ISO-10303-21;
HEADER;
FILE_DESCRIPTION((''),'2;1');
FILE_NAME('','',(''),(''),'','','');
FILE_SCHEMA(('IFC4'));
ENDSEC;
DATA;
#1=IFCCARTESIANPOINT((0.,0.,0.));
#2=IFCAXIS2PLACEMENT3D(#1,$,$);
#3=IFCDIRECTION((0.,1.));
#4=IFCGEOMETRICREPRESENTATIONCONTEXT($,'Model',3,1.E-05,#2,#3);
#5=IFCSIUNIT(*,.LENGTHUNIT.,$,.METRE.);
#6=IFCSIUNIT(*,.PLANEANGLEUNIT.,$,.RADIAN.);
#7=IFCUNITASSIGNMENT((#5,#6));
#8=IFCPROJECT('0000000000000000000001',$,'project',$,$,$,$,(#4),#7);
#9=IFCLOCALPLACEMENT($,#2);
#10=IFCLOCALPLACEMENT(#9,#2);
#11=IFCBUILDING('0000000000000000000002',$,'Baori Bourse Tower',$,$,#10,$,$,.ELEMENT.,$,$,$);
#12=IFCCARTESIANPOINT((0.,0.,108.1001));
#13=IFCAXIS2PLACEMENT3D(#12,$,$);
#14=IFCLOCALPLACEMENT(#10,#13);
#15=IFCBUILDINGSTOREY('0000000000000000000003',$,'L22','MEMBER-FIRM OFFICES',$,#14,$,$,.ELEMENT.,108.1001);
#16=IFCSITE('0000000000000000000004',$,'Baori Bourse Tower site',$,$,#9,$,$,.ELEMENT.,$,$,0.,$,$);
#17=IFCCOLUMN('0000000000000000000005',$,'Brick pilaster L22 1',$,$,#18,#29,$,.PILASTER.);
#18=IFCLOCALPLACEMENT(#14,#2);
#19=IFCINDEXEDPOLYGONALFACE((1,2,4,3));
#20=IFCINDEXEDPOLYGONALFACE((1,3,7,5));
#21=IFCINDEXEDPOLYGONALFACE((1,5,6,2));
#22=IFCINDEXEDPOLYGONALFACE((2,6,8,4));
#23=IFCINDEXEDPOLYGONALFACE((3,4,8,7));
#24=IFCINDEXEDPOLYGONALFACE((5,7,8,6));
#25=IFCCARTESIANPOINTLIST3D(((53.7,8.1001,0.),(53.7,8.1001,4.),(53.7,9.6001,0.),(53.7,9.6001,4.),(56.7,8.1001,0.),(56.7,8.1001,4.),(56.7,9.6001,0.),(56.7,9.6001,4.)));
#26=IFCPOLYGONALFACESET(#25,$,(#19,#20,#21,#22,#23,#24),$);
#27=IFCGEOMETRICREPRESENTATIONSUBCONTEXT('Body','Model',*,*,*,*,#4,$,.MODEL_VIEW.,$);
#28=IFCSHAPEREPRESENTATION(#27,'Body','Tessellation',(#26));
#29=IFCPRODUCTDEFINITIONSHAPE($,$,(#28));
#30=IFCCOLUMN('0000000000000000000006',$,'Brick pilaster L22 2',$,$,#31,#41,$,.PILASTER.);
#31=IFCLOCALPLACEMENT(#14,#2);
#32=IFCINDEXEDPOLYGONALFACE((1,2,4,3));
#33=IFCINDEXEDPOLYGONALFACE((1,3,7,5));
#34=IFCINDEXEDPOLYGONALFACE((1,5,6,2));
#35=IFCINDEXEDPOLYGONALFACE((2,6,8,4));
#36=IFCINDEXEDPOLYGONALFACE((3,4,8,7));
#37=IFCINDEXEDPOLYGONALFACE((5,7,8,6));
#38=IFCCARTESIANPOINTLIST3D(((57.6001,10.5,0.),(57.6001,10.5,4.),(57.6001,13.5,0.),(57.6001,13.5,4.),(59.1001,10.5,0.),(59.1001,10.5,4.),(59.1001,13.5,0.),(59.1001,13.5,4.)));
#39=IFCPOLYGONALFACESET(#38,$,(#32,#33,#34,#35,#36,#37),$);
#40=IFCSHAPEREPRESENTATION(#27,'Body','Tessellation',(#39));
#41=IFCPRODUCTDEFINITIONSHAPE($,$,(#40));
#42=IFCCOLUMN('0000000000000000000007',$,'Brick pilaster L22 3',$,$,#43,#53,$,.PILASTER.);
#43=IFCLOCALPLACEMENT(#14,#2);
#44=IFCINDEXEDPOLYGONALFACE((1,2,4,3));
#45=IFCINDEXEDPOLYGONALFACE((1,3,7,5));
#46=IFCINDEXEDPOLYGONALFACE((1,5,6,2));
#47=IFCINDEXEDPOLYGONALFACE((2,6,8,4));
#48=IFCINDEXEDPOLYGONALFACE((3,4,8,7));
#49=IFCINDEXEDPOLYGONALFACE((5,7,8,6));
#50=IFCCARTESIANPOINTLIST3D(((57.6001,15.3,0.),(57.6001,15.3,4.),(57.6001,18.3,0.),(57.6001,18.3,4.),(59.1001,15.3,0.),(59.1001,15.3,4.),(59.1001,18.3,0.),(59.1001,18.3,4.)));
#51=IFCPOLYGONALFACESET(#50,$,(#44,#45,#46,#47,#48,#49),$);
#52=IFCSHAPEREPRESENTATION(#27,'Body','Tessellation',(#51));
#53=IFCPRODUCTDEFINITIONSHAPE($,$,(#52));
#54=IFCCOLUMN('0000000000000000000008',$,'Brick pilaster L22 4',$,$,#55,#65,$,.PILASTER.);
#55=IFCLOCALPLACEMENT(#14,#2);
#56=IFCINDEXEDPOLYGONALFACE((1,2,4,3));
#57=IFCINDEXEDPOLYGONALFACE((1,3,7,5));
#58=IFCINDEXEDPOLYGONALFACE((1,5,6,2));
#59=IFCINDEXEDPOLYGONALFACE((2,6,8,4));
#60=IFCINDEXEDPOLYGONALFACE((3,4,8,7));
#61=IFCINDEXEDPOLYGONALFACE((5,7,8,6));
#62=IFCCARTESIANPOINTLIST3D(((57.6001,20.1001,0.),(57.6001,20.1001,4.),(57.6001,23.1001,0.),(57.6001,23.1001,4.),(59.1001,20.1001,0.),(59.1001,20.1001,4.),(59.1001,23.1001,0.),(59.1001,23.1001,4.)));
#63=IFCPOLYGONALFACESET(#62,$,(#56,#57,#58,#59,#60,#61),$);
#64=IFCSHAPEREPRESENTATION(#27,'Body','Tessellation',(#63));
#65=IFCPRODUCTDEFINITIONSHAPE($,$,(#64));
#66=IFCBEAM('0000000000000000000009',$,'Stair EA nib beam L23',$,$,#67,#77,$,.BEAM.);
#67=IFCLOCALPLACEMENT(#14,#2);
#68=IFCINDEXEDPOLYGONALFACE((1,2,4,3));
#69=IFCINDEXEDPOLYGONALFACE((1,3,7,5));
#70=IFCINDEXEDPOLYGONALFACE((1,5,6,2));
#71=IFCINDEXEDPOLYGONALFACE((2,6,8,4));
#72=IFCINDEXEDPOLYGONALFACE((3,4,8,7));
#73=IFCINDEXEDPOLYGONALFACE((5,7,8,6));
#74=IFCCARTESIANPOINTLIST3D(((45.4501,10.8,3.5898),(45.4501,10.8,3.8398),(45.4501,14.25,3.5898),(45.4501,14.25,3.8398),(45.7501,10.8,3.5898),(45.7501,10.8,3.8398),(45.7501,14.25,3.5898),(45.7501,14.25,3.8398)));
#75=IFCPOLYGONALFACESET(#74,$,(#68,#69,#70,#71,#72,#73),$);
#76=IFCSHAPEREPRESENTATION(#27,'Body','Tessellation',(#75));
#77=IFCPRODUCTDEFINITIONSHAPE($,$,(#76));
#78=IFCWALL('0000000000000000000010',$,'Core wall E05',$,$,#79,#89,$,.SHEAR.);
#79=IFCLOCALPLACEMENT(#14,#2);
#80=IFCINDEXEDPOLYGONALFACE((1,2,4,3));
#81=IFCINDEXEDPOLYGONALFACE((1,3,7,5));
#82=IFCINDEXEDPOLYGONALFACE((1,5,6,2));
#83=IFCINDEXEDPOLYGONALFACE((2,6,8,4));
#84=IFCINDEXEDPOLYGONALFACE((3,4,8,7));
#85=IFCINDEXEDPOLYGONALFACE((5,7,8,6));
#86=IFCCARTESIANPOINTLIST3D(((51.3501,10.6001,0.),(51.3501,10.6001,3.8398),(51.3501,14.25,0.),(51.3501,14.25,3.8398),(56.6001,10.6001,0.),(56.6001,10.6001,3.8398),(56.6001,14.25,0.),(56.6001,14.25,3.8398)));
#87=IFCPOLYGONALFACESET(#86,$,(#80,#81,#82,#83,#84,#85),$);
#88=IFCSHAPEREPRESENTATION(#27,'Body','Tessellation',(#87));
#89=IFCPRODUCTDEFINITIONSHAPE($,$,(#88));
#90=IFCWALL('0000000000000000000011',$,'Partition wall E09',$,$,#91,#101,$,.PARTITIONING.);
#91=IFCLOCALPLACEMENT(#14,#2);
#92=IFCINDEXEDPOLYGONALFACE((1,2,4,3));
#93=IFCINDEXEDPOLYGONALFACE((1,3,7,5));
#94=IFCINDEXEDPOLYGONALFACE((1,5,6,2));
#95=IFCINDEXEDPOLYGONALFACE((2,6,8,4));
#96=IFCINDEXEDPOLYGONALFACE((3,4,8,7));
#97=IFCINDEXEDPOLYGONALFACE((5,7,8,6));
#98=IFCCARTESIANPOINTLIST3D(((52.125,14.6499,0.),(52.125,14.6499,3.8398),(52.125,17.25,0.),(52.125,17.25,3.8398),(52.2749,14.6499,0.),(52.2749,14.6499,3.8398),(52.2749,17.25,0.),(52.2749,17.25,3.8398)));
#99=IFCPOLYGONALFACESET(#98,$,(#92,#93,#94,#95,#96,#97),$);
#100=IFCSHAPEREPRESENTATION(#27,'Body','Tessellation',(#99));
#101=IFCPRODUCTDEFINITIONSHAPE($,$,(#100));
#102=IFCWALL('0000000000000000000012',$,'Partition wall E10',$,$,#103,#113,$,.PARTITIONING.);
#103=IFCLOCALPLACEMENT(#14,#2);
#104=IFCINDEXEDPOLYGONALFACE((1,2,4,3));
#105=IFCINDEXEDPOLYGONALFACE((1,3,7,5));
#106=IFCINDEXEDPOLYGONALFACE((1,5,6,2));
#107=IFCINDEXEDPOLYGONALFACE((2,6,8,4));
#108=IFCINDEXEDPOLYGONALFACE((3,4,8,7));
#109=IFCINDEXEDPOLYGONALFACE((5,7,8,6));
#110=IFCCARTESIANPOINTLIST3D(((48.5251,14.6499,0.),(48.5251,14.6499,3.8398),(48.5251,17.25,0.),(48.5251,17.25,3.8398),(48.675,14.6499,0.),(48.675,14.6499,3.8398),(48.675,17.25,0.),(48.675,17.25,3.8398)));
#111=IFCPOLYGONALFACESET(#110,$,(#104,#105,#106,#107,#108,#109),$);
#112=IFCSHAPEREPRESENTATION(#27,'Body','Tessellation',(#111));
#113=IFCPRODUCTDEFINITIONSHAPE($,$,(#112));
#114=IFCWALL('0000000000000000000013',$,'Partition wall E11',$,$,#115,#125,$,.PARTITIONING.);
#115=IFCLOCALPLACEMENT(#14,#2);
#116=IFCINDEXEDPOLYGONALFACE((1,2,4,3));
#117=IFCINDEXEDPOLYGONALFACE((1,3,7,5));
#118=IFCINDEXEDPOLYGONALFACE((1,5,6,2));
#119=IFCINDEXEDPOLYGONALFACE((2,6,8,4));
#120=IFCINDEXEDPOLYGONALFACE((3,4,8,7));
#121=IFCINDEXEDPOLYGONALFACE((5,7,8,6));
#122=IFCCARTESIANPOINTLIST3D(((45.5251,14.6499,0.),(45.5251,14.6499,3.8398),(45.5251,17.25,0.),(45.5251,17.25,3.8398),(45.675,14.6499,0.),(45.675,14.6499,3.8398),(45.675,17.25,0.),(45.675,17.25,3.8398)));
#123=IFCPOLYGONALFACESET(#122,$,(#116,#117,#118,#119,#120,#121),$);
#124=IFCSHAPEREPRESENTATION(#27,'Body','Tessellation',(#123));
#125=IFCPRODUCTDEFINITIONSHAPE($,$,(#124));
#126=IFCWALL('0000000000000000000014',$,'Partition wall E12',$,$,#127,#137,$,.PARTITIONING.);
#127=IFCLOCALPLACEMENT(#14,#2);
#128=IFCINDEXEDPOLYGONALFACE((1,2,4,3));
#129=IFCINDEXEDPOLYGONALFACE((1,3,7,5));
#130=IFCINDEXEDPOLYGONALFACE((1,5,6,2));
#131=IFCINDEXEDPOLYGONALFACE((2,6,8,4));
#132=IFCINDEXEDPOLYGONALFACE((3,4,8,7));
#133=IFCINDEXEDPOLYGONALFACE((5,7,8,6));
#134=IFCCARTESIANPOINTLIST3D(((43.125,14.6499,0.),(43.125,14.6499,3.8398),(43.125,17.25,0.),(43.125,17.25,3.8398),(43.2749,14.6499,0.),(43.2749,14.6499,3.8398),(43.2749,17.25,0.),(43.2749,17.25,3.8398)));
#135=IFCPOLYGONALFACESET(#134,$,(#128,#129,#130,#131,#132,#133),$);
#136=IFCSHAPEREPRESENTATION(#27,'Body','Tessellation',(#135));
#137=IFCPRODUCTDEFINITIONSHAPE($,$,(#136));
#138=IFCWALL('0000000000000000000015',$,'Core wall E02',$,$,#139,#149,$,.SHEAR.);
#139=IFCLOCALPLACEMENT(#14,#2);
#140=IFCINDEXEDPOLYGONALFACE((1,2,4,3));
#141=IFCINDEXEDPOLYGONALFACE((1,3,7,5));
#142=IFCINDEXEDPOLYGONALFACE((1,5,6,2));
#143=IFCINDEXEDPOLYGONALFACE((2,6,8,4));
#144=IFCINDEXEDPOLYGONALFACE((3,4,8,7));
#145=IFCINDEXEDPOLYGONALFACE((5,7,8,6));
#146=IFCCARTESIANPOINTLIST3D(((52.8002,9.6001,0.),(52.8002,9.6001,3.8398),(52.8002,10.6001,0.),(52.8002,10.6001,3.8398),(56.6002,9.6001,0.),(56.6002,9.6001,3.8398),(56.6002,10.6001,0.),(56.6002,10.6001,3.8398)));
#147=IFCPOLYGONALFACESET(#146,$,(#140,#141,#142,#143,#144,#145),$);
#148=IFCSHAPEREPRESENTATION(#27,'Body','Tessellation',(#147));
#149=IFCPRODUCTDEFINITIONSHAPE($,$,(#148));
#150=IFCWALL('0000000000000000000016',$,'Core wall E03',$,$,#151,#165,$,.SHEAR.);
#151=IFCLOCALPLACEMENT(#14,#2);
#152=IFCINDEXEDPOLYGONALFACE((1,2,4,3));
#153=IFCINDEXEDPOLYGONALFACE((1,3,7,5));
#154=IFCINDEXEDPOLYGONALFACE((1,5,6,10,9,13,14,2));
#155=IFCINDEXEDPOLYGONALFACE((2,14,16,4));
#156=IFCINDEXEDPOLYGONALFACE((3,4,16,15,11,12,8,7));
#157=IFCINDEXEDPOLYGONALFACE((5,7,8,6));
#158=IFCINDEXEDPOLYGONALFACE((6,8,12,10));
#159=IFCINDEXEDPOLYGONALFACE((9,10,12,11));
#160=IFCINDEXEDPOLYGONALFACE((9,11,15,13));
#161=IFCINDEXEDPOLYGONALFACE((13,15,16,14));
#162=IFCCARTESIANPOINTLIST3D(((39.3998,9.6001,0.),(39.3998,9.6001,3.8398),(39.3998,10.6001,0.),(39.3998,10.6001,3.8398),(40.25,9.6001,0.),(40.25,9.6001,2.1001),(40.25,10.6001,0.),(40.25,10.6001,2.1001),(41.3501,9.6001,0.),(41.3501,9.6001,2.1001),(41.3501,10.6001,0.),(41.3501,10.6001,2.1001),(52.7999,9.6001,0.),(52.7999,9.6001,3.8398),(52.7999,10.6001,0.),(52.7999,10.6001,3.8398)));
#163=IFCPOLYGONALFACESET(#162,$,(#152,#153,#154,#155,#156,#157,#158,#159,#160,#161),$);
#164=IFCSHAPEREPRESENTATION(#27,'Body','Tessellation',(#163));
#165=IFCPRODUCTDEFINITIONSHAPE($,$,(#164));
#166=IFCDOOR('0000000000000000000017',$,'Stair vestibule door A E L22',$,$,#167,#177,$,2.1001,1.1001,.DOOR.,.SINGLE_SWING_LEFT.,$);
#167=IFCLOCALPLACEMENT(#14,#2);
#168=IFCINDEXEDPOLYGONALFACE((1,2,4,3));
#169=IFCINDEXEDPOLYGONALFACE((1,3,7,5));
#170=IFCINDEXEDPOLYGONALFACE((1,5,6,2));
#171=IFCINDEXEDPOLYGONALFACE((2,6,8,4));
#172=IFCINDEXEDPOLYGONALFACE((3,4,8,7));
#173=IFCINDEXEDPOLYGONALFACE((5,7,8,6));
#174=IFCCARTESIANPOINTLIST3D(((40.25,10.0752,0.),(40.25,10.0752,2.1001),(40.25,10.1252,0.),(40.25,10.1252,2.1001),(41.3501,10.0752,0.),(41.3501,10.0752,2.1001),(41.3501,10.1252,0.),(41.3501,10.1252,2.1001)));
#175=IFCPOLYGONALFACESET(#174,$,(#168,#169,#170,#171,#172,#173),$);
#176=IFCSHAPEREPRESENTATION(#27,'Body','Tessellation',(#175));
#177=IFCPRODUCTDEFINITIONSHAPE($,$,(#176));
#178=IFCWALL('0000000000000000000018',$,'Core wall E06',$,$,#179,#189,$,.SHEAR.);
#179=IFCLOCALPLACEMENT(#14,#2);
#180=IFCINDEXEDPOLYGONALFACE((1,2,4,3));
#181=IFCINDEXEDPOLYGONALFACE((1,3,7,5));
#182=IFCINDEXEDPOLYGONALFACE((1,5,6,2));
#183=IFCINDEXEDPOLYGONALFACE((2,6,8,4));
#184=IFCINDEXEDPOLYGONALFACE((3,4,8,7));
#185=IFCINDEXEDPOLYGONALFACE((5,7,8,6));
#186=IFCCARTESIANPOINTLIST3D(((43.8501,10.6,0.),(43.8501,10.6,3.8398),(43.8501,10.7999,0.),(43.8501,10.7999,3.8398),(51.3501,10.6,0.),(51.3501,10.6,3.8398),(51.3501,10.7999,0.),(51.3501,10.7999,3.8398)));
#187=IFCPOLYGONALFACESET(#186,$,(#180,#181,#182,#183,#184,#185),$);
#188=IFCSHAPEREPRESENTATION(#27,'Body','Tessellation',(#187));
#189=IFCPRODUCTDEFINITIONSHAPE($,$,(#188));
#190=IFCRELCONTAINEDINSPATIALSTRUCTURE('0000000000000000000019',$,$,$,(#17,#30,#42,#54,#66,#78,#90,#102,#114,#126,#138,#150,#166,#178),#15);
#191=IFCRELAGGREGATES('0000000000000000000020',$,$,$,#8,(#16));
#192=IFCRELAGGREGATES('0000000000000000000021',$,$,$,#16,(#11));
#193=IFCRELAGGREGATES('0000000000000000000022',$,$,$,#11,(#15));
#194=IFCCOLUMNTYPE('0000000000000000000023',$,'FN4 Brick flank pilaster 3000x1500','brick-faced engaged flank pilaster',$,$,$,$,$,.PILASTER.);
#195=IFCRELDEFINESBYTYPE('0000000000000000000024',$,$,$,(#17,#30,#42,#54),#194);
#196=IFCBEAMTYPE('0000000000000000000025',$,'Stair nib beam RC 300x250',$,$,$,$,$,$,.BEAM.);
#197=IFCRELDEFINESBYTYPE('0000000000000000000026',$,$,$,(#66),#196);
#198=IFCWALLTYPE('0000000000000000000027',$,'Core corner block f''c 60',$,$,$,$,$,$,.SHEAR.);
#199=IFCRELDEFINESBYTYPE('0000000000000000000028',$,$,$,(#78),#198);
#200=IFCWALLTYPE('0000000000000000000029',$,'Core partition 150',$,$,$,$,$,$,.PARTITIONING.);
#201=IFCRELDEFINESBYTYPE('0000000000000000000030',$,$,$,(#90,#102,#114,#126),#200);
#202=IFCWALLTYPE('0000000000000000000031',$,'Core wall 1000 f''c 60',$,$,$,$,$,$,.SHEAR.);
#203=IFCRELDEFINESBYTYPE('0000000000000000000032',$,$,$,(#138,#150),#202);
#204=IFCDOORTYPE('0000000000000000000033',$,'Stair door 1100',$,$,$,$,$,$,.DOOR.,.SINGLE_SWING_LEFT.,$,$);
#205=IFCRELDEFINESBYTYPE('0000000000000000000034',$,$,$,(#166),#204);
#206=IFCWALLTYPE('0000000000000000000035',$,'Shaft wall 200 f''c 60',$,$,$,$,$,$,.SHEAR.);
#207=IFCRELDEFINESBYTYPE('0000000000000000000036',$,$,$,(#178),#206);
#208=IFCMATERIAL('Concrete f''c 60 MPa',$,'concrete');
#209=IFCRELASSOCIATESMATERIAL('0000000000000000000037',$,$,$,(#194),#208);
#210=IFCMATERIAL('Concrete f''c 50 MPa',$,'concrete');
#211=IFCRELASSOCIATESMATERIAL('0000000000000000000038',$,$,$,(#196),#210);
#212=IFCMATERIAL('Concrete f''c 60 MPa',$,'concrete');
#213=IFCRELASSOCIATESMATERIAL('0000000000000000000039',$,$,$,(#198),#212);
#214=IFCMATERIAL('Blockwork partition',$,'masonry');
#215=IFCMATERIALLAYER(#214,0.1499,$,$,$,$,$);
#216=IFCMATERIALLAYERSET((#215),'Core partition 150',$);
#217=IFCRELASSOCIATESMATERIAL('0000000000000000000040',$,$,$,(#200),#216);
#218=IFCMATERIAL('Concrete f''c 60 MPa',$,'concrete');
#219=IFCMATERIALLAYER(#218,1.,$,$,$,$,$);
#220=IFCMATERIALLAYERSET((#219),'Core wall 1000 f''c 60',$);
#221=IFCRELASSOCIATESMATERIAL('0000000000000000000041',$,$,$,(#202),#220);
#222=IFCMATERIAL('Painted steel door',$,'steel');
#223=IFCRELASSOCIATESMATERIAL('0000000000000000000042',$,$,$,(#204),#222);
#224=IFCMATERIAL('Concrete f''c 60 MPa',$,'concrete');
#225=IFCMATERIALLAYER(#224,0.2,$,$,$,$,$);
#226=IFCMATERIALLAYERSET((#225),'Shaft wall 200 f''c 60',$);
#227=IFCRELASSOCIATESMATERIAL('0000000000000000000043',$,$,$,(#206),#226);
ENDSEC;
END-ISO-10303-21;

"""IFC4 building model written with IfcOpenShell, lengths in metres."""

from ifc_helpers import new_model, si_unit, direction, frame, frame_2d, origin, origin_2d, place, context, subcontext, project, spatial, rectangle, extrude, material, layer, layer_set, material_profile, profile_set, type_object, element, fill, save


model = new_model("IFC4")

# Units and contexts
model_context = context("Model", 3, precision=1e-05, world=origin(), true_north=direction((0.0, 1.0)))
body_context = subcontext(model_context, "Body", "Model", "MODEL_VIEW")
ifc_project = project(units=[si_unit("LENGTHUNIT", "METRE"), si_unit("PLANEANGLEUNIT", "RADIAN")], contexts=[model_context])

# Site, building, storey
site_placement = place(None, origin())
site = spatial("IfcSite", under=ifc_project, at=site_placement, Name="Baori Bourse Tower site", CompositionType="ELEMENT", RefElevation=0.0)
building_placement = place(site_placement, origin())
building = spatial("IfcBuilding", under=site, at=building_placement, Name="Baori Bourse Tower", CompositionType="ELEMENT")
storey_placement = place(building_placement, frame((0.0, 0.0, 108.1001)))
storey = spatial("IfcBuildingStorey", under=building, at=storey_placement, Name="L22", Description="MEMBER-FIRM OFFICES", CompositionType="ELEMENT", Elevation=108.1001)

# Columns
ifc_material_1 = material(Name="Concrete f'c 60 MPa", Category="concrete")
ifc_material_profile_1 = material_profile(ifc_material_1, rectangle(XDim=3.0, YDim=1.5, at=origin_2d()), Name="RC 3000x1500")
ifc_profile_set_1 = profile_set([ifc_material_profile_1], Name="Concrete f'c 60 MPa")
column_type = type_object("IfcColumnType", Name="FN4 Brick flank pilaster 3000x1500", Description="brick-faced engaged flank pilaster", PredefinedType="PILASTER", material=ifc_profile_set_1)
for number, where, z_axis, x_axis, name in (
    (1, (55.2, 8.8501, 0.0), (0.0, 0.0, 1.0), (1.0, 0.0, 0.0), "Brick pilaster L22 1"),
    (2, (58.3501, 12.0, 0.0), (0.0, 0.0, 1.0), (0.0, 1.0, 0.0), "Brick pilaster L22 2"),
    (3, (58.3501, 16.8, 0.0), (0.0, 0.0, 1.0), (0.0, 1.0, 0.0), "Brick pilaster L22 3"),
    (4, (58.3501, 21.6001, 0.0), (0.0, 0.0, 1.0), (0.0, 1.0, 0.0), "Brick pilaster L22 4"),
):
    element("IfcColumn", number, at=place(storey_placement, frame(where, z_axis=z_axis, x_axis=x_axis)), inside=storey, type_object=column_type, Name=name, PredefinedType="PILASTER", context=body_context, shape_type="SweptSolid", body=[
        extrude(rectangle(XDim=3.0, YDim=1.5, at=origin_2d()), origin(), (0.0, 0.0, 1.0), 4.0),
    ])

# Beam
ifc_material_2 = material(Name="Concrete f'c 50 MPa", Category="concrete")
ifc_material_profile_2 = material_profile(ifc_material_2, rectangle(XDim=0.3, YDim=0.25, at=origin_2d()), Name="RC 300x250")
ifc_profile_set_2 = profile_set([ifc_material_profile_2], Name="Concrete f'c 50 MPa")
beam_type = type_object("IfcBeamType", Name="Stair nib beam RC 300x250", PredefinedType="BEAM", material=ifc_profile_set_2)
beam_placement = place(storey_placement, frame((45.6001, 10.8, 3.7148), z_axis=(0.0, 1.0, 0.0), x_axis=(-1.0, 0.0, 0.0)))
element("IfcBeam", 5, at=beam_placement, inside=storey, type_object=beam_type, Name="Stair EA nib beam L23", PredefinedType="BEAM", context=body_context, shape_type="SweptSolid", body=[
    extrude(rectangle(XDim=0.3, YDim=0.25, at=origin_2d()), origin(), (0.0, 0.0, 1.0), 3.45),
])

# Walls
ifc_material_3 = material(Name="Concrete f'c 60 MPa", Category="concrete")
wall_type_1 = type_object("IfcWallType", Name="Core corner block f'c 60", PredefinedType="SHEAR", material=ifc_material_3)
wall_1_placement = place(storey_placement, frame((51.3501, 12.425, 0.0), z_axis=(0.0, 0.0, 1.0), x_axis=(1.0, 0.0, 0.0)))
element("IfcWall", 6, at=wall_1_placement, inside=storey, type_object=wall_type_1, Name="Core wall E05", PredefinedType="SHEAR", context=body_context, shape_type="SweptSolid", body=[
    extrude(rectangle(XDim=5.25, YDim=3.6499, at=frame_2d((2.625, 0.0))), origin(), (0.0, 0.0, 1.0), 3.8398),
])
ifc_material_4 = material(Name="Blockwork partition", Category="masonry")
ifc_layer_1 = layer(ifc_material_4, 0.1499)
ifc_layer_set_1 = layer_set([ifc_layer_1], Name="Core partition 150")
wall_type_2 = type_object("IfcWallType", Name="Core partition 150", PredefinedType="PARTITIONING", material=ifc_layer_set_1)
for number, where, z_axis, x_axis, name in (
    (7, (52.2, 14.6499, 0.0), (0.0, 0.0, 1.0), (0.0, 1.0, 0.0), "Partition wall E09"),
    (8, (48.6001, 14.6499, 0.0), (0.0, 0.0, 1.0), (0.0, 1.0, 0.0), "Partition wall E10"),
    (9, (45.6001, 14.6499, 0.0), (0.0, 0.0, 1.0), (0.0, 1.0, 0.0), "Partition wall E11"),
    (10, (43.2, 14.6499, 0.0), (0.0, 0.0, 1.0), (0.0, 1.0, 0.0), "Partition wall E12"),
):
    element("IfcWall", number, at=place(storey_placement, frame(where, z_axis=z_axis, x_axis=x_axis)), inside=storey, type_object=wall_type_2, Name=name, PredefinedType="PARTITIONING", context=body_context, shape_type="SweptSolid", body=[
        extrude(rectangle(XDim=2.6001, YDim=0.1499, at=frame_2d((1.3, 0.0))), origin(), (0.0, 0.0, 1.0), 3.8398),
    ])
ifc_material_5 = material(Name="Concrete f'c 60 MPa", Category="concrete")
ifc_layer_2 = layer(ifc_material_5, 1.0)
ifc_layer_set_2 = layer_set([ifc_layer_2], Name="Core wall 1000 f'c 60")
wall_type_3 = type_object("IfcWallType", Name="Core wall 1000 f'c 60", PredefinedType="SHEAR", material=ifc_layer_set_2)
wall_2_placement = place(storey_placement, frame((56.6001, 10.1001, 0.0), z_axis=(0.0, 0.0, 1.0), x_axis=(-1.0, 0.0, 0.0)))
element("IfcWall", 11, at=wall_2_placement, inside=storey, type_object=wall_type_3, Name="Core wall E02", PredefinedType="SHEAR", context=body_context, shape_type="SweptSolid", body=[
    extrude(rectangle(XDim=3.8, YDim=1.0, at=frame_2d((1.8999, 0.0))), origin(), (0.0, 0.0, 1.0), 3.8398),
])

# Wall, opening, door
wall_3_placement = place(storey_placement, frame((52.8, 10.1001, 0.0), z_axis=(0.0, 0.0, 1.0), x_axis=(-1.0, 0.0, 0.0)))
wall_3 = element("IfcWall", 12, at=wall_3_placement, inside=storey, type_object=wall_type_3, Name="Core wall E03", PredefinedType="SHEAR", context=body_context, shape_type="SweptSolid", body=[
    extrude(rectangle(XDim=13.4001, YDim=1.0, at=frame_2d((6.7002, 0.0))), origin(), (0.0, 0.0, 1.0), 3.8398),
])
opening_1_placement = place(wall_3_placement, frame((11.45, 0.0, 0.0)))
opening_1 = element("IfcOpeningElement", 13, at=opening_1_placement, cuts=wall_3, PredefinedType="OPENING", context=body_context, shape_type="SweptSolid", body=[
    extrude(rectangle(XDim=1.1001, YDim=2.1001, at=frame_2d((0.55, 1.05))), frame((0.0, 0.51, 0.0), z_axis=(0.0, -1.0, 0.0), x_axis=(1.0, 0.0, 0.0)), (0.0, 0.0, 1.0), 1.02),
])
ifc_material_6 = material(Name="Painted steel door", Category="steel")
door_type_1 = type_object("IfcDoorType", Name="Stair door 1100", OperationType="SINGLE_SWING_LEFT", PredefinedType="DOOR", material=ifc_material_6)
door_1_placement = place(opening_1_placement, origin())
door_1 = element("IfcDoor", 14, at=door_1_placement, inside=storey, type_object=door_type_1, Name="Stair vestibule door A E L22", OperationType="SINGLE_SWING_LEFT", OverallHeight=2.1001, OverallWidth=1.1001, PredefinedType="DOOR", context=body_context, shape_type="SweptSolid", body=[
    extrude(rectangle(XDim=1.1001, YDim=2.1001, at=frame_2d((0.55, 1.05))), frame((0.0, 0.0249, 0.0), z_axis=(0.0, -1.0, 0.0), x_axis=(1.0, 0.0, 0.0)), (0.0, 0.0, 1.0), 0.05),
])
fill(opening_1, door_1)

# Wall
ifc_material_7 = material(Name="Concrete f'c 60 MPa", Category="concrete")
ifc_layer_3 = layer(ifc_material_7, 0.2)
ifc_layer_set_3 = layer_set([ifc_layer_3], Name="Shaft wall 200 f'c 60")
wall_type_4 = type_object("IfcWallType", Name="Shaft wall 200 f'c 60", PredefinedType="SHEAR", material=ifc_layer_set_3)
wall_4_placement = place(storey_placement, frame((43.8501, 10.7, 0.0), z_axis=(0.0, 0.0, 1.0), x_axis=(1.0, 0.0, 0.0)))
element("IfcWall", 15, at=wall_4_placement, inside=storey, type_object=wall_type_4, Name="Core wall E06", PredefinedType="SHEAR", context=body_context, shape_type="SweptSolid", body=[
    extrude(rectangle(XDim=7.5, YDim=0.2, at=frame_2d((3.75, 0.0))), origin(), (0.0, 0.0, 1.0), 3.8398),
])

save(model, "model.ifc")
